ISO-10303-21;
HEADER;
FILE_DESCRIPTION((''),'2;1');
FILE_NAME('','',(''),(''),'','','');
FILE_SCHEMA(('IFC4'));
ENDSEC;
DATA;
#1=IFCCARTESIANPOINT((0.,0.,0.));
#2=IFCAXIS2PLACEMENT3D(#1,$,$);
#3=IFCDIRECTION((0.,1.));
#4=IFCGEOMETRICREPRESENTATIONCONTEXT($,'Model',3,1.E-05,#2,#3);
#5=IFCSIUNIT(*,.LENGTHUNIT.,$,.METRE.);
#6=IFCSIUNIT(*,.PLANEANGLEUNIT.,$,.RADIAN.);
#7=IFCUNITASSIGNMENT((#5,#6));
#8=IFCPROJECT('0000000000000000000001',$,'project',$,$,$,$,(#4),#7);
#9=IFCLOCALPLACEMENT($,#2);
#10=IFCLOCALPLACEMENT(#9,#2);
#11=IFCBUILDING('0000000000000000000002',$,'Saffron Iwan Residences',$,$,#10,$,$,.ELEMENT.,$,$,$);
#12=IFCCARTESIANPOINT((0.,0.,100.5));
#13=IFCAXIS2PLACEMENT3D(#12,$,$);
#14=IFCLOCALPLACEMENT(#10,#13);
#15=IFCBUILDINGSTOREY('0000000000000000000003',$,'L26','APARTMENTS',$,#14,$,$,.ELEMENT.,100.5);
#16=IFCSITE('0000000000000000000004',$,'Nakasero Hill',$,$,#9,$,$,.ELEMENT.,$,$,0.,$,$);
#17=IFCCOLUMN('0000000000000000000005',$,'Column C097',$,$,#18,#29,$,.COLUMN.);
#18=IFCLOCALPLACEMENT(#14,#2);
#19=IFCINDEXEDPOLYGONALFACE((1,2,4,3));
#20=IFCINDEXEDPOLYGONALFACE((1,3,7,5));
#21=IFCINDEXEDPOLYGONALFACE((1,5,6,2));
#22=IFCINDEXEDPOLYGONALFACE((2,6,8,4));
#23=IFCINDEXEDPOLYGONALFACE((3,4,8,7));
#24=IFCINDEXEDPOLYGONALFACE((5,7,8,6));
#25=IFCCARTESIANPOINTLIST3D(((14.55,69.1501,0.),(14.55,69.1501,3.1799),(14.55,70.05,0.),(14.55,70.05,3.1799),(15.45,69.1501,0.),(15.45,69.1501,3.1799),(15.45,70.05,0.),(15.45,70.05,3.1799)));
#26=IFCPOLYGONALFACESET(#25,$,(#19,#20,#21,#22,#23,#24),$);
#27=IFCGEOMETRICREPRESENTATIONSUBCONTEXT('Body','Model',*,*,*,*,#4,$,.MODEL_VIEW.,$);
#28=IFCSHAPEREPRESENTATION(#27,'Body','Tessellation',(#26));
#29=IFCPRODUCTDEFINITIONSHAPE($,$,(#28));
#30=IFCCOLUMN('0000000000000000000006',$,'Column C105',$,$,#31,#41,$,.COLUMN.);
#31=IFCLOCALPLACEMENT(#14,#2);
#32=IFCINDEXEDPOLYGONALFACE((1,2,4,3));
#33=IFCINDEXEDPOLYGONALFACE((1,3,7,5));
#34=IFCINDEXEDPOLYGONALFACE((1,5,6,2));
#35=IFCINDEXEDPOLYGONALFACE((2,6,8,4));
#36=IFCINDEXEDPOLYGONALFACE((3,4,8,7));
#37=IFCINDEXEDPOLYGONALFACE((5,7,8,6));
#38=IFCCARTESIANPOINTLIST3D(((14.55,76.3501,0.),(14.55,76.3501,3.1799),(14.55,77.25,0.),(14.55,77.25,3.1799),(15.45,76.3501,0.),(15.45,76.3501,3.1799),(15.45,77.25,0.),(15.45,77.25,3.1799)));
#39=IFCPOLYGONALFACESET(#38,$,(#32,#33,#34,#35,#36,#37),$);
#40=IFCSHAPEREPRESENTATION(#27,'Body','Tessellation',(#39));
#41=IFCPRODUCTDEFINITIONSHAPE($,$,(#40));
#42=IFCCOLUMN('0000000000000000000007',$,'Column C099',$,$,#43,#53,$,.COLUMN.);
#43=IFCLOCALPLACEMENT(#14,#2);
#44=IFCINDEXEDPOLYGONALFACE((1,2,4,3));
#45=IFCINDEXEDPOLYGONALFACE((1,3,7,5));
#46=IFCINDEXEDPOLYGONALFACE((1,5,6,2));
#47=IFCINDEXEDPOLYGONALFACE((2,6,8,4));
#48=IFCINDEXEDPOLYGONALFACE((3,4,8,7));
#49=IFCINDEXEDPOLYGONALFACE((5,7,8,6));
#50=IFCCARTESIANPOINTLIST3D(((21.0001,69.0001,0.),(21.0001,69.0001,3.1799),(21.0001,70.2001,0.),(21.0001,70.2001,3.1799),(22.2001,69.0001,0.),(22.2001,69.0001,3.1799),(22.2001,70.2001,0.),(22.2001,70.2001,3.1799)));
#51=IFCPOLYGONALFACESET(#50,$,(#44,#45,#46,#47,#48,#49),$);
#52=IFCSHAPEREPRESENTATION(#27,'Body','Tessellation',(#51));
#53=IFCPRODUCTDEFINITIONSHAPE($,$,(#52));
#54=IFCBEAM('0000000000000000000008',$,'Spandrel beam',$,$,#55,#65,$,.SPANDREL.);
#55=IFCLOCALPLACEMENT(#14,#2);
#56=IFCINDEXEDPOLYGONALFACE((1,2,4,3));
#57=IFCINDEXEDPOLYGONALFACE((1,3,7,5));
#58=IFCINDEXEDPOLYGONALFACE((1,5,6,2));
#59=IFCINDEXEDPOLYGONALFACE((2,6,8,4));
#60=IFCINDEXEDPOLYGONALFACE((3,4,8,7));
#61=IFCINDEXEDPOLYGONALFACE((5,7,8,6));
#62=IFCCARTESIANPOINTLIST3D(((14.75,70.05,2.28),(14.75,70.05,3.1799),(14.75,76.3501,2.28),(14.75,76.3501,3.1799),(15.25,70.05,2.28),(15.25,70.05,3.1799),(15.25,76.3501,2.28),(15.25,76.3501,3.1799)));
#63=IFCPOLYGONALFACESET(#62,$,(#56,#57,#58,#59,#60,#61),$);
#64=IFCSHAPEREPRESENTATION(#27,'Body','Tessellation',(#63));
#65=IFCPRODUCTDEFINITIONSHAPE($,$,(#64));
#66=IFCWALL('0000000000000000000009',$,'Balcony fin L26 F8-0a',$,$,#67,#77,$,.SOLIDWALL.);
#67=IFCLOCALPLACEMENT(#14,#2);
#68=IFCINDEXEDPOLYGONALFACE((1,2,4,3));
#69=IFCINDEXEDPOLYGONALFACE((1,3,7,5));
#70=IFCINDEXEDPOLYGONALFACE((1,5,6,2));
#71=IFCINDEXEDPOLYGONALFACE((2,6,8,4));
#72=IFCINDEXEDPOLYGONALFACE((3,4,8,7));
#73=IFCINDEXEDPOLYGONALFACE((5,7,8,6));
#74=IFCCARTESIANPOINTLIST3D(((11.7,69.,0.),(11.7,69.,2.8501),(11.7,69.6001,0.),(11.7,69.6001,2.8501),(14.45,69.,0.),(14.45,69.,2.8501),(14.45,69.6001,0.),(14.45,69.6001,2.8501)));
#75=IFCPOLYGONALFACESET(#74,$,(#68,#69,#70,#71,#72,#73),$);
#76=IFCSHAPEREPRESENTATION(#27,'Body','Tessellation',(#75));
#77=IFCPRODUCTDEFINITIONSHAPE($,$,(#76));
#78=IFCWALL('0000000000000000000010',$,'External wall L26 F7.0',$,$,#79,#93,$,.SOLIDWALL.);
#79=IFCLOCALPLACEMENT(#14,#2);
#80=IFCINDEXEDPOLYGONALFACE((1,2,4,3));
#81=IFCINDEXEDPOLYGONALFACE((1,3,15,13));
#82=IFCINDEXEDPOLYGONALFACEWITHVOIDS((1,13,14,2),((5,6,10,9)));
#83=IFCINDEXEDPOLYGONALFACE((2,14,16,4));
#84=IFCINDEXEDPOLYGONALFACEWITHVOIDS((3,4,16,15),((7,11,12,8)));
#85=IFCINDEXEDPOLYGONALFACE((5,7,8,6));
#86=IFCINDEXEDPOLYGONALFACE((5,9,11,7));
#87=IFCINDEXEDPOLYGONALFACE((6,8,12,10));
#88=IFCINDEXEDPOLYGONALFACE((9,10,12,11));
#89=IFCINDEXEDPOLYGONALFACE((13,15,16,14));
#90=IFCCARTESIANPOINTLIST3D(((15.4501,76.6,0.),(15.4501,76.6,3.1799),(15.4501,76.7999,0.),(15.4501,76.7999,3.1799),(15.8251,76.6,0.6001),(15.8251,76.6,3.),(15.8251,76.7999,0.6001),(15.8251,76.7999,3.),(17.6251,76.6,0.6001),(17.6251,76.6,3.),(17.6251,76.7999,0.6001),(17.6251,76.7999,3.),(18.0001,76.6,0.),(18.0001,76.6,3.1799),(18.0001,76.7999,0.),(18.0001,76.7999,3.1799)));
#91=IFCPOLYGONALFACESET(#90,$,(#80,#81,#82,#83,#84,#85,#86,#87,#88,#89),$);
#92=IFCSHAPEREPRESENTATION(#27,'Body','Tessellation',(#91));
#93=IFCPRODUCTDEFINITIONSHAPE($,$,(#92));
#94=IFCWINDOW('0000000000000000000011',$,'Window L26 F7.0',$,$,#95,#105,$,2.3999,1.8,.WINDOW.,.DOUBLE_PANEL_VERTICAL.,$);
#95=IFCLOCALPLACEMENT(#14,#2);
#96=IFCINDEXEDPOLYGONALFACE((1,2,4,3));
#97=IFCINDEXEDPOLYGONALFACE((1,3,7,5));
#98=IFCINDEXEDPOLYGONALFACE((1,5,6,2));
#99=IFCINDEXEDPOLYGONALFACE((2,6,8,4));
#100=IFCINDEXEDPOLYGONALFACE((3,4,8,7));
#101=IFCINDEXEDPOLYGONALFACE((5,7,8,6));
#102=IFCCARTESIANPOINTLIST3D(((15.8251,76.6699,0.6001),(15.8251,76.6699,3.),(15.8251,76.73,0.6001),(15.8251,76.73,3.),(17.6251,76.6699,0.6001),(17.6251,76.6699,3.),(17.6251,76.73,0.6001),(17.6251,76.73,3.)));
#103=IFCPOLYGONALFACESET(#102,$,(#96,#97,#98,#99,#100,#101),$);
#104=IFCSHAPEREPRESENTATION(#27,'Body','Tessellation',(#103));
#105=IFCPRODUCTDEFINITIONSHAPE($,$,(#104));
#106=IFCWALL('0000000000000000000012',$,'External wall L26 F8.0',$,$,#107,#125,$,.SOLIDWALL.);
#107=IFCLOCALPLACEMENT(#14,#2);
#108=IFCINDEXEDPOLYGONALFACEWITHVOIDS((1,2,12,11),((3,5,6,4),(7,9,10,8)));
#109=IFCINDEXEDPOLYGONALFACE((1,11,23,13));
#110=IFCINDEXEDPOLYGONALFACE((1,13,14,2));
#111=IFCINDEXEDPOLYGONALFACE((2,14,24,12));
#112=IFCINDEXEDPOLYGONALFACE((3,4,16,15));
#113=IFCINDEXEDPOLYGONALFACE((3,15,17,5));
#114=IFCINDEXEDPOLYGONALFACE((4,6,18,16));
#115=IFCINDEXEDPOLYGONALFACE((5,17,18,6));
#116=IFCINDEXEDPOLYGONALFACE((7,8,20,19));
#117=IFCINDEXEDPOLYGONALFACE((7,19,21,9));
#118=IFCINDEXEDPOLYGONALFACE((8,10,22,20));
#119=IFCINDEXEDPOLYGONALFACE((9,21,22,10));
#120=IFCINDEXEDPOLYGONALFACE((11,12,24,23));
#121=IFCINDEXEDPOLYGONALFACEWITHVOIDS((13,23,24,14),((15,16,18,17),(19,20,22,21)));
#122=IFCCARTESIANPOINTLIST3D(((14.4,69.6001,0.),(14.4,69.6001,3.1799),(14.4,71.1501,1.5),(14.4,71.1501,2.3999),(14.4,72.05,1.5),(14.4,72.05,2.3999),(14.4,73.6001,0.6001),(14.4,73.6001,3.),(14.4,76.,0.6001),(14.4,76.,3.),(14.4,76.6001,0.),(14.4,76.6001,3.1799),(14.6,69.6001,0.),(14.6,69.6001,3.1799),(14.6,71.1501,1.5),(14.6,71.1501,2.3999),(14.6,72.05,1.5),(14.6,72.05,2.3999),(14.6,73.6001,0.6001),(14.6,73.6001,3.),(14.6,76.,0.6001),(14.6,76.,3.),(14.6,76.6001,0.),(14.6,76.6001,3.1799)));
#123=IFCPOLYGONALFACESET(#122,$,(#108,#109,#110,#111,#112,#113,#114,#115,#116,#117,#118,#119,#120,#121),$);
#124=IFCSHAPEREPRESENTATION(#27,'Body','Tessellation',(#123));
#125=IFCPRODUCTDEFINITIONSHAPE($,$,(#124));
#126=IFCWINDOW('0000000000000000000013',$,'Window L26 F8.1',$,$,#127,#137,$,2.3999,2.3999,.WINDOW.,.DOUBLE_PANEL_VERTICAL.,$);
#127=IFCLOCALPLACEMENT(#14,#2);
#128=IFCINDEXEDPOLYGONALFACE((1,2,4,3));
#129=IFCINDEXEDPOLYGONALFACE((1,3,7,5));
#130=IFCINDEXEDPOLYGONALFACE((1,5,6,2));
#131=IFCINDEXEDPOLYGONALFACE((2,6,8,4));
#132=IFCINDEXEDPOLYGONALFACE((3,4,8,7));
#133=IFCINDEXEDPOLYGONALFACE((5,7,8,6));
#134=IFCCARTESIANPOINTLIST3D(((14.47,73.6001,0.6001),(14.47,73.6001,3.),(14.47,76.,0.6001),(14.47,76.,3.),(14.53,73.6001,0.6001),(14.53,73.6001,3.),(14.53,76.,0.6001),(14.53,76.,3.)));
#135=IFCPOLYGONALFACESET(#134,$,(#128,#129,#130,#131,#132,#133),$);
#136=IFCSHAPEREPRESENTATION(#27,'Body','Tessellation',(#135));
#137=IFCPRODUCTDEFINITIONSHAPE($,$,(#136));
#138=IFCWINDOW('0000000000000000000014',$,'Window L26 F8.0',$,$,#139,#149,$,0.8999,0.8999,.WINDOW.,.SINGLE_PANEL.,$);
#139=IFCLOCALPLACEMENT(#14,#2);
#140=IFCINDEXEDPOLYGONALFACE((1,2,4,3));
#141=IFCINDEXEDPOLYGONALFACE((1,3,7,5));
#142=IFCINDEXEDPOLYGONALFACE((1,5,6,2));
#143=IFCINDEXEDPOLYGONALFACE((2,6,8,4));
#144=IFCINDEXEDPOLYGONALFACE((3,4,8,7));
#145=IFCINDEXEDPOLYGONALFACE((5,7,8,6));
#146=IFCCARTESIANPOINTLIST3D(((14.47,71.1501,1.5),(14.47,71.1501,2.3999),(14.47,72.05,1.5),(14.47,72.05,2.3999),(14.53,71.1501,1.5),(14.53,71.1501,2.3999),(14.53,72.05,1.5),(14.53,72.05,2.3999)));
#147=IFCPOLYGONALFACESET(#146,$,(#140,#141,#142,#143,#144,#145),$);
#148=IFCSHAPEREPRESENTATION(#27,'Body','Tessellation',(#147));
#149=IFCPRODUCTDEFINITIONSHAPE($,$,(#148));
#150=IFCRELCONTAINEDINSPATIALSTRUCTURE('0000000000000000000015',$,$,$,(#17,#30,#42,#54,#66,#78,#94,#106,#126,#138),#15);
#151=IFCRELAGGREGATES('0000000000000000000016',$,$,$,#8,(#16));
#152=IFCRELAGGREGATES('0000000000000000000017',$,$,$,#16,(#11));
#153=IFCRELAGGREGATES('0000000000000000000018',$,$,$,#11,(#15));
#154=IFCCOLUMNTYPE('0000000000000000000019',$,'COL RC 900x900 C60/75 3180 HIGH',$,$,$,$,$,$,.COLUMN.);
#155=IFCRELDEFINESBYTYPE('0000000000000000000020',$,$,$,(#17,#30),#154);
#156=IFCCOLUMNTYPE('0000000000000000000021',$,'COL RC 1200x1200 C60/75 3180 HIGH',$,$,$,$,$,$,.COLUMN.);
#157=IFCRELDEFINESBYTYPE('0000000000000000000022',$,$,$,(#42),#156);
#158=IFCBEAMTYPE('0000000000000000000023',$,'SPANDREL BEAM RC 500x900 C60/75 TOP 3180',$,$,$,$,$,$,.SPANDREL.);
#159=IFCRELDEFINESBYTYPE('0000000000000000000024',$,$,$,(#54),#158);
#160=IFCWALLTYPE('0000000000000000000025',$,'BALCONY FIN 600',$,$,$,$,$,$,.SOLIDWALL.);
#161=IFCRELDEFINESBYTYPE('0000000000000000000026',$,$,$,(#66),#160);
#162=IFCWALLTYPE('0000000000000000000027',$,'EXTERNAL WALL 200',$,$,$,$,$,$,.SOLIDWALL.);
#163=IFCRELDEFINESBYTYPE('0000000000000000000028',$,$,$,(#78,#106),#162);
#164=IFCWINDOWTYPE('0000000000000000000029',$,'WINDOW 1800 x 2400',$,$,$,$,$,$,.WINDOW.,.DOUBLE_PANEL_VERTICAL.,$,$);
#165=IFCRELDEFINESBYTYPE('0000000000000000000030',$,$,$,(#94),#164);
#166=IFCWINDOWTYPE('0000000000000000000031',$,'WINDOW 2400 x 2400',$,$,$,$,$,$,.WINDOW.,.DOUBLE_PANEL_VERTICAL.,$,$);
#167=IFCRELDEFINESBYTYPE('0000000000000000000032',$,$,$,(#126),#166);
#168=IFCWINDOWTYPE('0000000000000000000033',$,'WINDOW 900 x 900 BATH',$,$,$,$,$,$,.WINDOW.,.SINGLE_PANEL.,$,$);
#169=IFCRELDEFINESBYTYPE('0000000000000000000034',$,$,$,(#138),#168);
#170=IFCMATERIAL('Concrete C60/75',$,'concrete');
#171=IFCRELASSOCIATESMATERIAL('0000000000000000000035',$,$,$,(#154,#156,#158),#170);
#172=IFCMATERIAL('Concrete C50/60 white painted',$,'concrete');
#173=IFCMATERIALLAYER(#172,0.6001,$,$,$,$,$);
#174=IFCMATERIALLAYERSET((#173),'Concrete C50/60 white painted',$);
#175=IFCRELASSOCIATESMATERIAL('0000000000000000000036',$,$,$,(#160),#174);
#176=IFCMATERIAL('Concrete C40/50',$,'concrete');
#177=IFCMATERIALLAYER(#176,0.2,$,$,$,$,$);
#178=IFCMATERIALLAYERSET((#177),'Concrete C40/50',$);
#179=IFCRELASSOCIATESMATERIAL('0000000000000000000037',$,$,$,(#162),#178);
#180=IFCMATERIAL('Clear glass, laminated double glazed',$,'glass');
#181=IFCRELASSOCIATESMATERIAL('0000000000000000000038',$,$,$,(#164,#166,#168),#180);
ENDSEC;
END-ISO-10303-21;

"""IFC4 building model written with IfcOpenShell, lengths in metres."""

from ifc_helpers import new_model, si_unit, direction, frame, frame_2d, origin, origin_2d, place, context, subcontext, project, spatial, rectangle, extrude, source, transform, mapped, material, layer, layer_set, material_profile, profile_set, type_object, element, fill, save


model = new_model("IFC4")

# Units and contexts
model_context = context("Model", 3, precision=1e-05, world=origin(), true_north=direction((0.0, 1.0)))
body_context = subcontext(model_context, "Body", "Model", "MODEL_VIEW")
ifc_project = project(units=[si_unit("LENGTHUNIT", "METRE"), si_unit("PLANEANGLEUNIT", "RADIAN")], contexts=[model_context])

# Site, building, storey
site_placement = place(None, origin())
site = spatial("IfcSite", under=ifc_project, at=site_placement, Name="Nakasero Hill", CompositionType="ELEMENT", RefElevation=0.0)
building_placement = place(site_placement, origin())
building = spatial("IfcBuilding", under=site, at=building_placement, Name="Saffron Iwan Residences", CompositionType="ELEMENT")
storey_placement = place(building_placement, frame((0.0, 0.0, 100.5)))
storey = spatial("IfcBuildingStorey", under=building, at=storey_placement, Name="L26", Description="APARTMENTS", CompositionType="ELEMENT", Elevation=100.5)

# Columns
ifc_material_1 = material(Name="Concrete C60/75", Category="concrete")
ifc_material_profile_1 = material_profile(ifc_material_1, rectangle(XDim=0.8999, YDim=0.8999, at=origin_2d()), Name="RC 900x900")
ifc_profile_set_1 = profile_set([ifc_material_profile_1], Name="Concrete C60/75")
column_type_1 = type_object("IfcColumnType", Name="COL RC 900x900 C60/75 3180 HIGH", PredefinedType="COLUMN", material=ifc_profile_set_1)
shared_shape_1 = source(origin(), body_context, "Body", "SweptSolid", [
    extrude(rectangle(XDim=0.8999, YDim=0.8999, at=origin_2d()), origin(), (0.0, 0.0, 1.0), 3.1799),
])
for number, where, z_axis, x_axis, name in (
    (1, (15.0, 69.6001, 0.0), (0.0, 0.0, 1.0), (1.0, 0.0, 0.0), "Column C097"),
    (2, (15.0, 76.8, 0.0), (0.0, 0.0, 1.0), (1.0, 0.0, 0.0), "Column C105"),
):
    element("IfcColumn", number, at=place(storey_placement, frame(where, z_axis=z_axis, x_axis=x_axis)), inside=storey, type_object=column_type_1, Name=name, PredefinedType="COLUMN", context=body_context, shape_type="MappedRepresentation", body=[
        mapped(shared_shape_1, transform((0.0, 0.0, 0.0))),
    ])
ifc_material_profile_2 = material_profile(ifc_material_1, rectangle(XDim=1.2, YDim=1.2, at=origin_2d()), Name="RC 1200x1200")
ifc_profile_set_2 = profile_set([ifc_material_profile_2], Name="Concrete C60/75")
column_type_2 = type_object("IfcColumnType", Name="COL RC 1200x1200 C60/75 3180 HIGH", PredefinedType="COLUMN", material=ifc_profile_set_2)
shared_shape_2 = source(origin(), body_context, "Body", "SweptSolid", [
    extrude(rectangle(XDim=1.2, YDim=1.2, at=origin_2d()), origin(), (0.0, 0.0, 1.0), 3.1799),
])
column_placement = place(storey_placement, frame((21.6001, 69.6001, 0.0), z_axis=(0.0, 0.0, 1.0), x_axis=(1.0, 0.0, 0.0)))
element("IfcColumn", 3, at=column_placement, inside=storey, type_object=column_type_2, Name="Column C099", PredefinedType="COLUMN", context=body_context, shape_type="MappedRepresentation", body=[
    mapped(shared_shape_2, transform((0.0, 0.0, 0.0))),
])

# Beam
ifc_material_profile_3 = material_profile(ifc_material_1, rectangle(XDim=0.5, YDim=0.8999, at=origin_2d()), Name="RC 500x900")
ifc_profile_set_3 = profile_set([ifc_material_profile_3], Name="Concrete C60/75")
beam_type = type_object("IfcBeamType", Name="SPANDREL BEAM RC 500x900 C60/75 TOP 3180", PredefinedType="SPANDREL", material=ifc_profile_set_3)
shared_shape_3 = source(origin(), body_context, "Body", "SweptSolid", [
    extrude(rectangle(XDim=0.5, YDim=0.8999, at=origin_2d()), origin(), (0.0, 0.0, 1.0), 6.3),
])
beam_placement = place(storey_placement, frame((15.0, 70.05, 2.73), z_axis=(0.0, 1.0, 0.0), x_axis=(-1.0, 0.0, 0.0)))
element("IfcBeam", 4, at=beam_placement, inside=storey, type_object=beam_type, Name="Spandrel beam", PredefinedType="SPANDREL", context=body_context, shape_type="MappedRepresentation", body=[
    mapped(shared_shape_3, transform((0.0, 0.0, 0.0))),
])

# Wall
ifc_material_2 = material(Name="Concrete C50/60 white painted", Category="concrete")
ifc_layer_1 = layer(ifc_material_2, 0.6001)
ifc_layer_set_1 = layer_set([ifc_layer_1], Name="Concrete C50/60 white painted")
wall_type_1 = type_object("IfcWallType", Name="BALCONY FIN 600", PredefinedType="SOLIDWALL", material=ifc_layer_set_1)
wall_1_placement = place(storey_placement, frame((14.45, 69.3, 0.0), z_axis=(0.0, 0.0, 1.0), x_axis=(-1.0, 0.0, 0.0)))
element("IfcWall", 5, at=wall_1_placement, inside=storey, type_object=wall_type_1, Name="Balcony fin L26 F8-0a", PredefinedType="SOLIDWALL", context=body_context, shape_type="SweptSolid", body=[
    extrude(rectangle(XDim=2.75, YDim=0.6001, at=frame_2d((1.375, 0.0))), origin(), (0.0, 0.0, 1.0), 2.8501),
])

# Wall, opening, window
ifc_material_3 = material(Name="Concrete C40/50", Category="concrete")
ifc_layer_2 = layer(ifc_material_3, 0.2)
ifc_layer_set_2 = layer_set([ifc_layer_2], Name="Concrete C40/50")
wall_type_2 = type_object("IfcWallType", Name="EXTERNAL WALL 200", PredefinedType="SOLIDWALL", material=ifc_layer_set_2)
wall_2_placement = place(storey_placement, frame((18.0, 76.7, 0.0), z_axis=(0.0, 0.0, 1.0), x_axis=(-1.0, 0.0, 0.0)))
wall_2 = element("IfcWall", 6, at=wall_2_placement, inside=storey, type_object=wall_type_2, Name="External wall L26 F7.0", PredefinedType="SOLIDWALL", context=body_context, shape_type="SweptSolid", body=[
    extrude(rectangle(XDim=2.55, YDim=0.2, at=frame_2d((1.2749, 0.0))), origin(), (0.0, 0.0, 1.0), 3.1799),
])
opening_1_placement = place(wall_2_placement, frame((0.375, 0.0, 0.6001)))
opening_1 = element("IfcOpeningElement", 7, at=opening_1_placement, cuts=wall_2, PredefinedType="OPENING", context=body_context, shape_type="SweptSolid", body=[
    extrude(rectangle(XDim=1.8, YDim=2.3999, at=frame_2d((0.8999, 1.2))), frame((0.0, 0.1099, 0.0), z_axis=(0.0, -1.0, 0.0), x_axis=(1.0, 0.0, 0.0)), (0.0, 0.0, 1.0), 0.22),
])
ifc_material_4 = material(Name="Clear glass, laminated double glazed", Category="glass")
window_type_1 = type_object("IfcWindowType", Name="WINDOW 1800 x 2400", PartitioningType="DOUBLE_PANEL_VERTICAL", PredefinedType="WINDOW", material=ifc_material_4)
window_1_placement = place(opening_1_placement, origin())
window_1 = element("IfcWindow", 8, at=window_1_placement, inside=storey, type_object=window_type_1, Name="Window L26 F7.0", OverallHeight=2.3999, OverallWidth=1.8, PartitioningType="DOUBLE_PANEL_VERTICAL", PredefinedType="WINDOW", context=body_context, shape_type="SweptSolid", body=[
    extrude(rectangle(XDim=1.8, YDim=2.3999, at=frame_2d((0.8999, 1.2))), frame((0.0, 0.03, 0.0), z_axis=(0.0, -1.0, 0.0), x_axis=(1.0, 0.0, 0.0)), (0.0, 0.0, 1.0), 0.0601),
])
fill(opening_1, window_1)

# Wall, openings, windows
wall_3_placement = place(storey_placement, frame((14.5, 76.6001, 0.0), z_axis=(0.0, 0.0, 1.0), x_axis=(0.0, -1.0, 0.0)))
wall_3 = element("IfcWall", 9, at=wall_3_placement, inside=storey, type_object=wall_type_2, Name="External wall L26 F8.0", PredefinedType="SOLIDWALL", context=body_context, shape_type="SweptSolid", body=[
    extrude(rectangle(XDim=7.0, YDim=0.2, at=frame_2d((3.5, 0.0))), origin(), (0.0, 0.0, 1.0), 3.1799),
])
opening_2_placement = place(wall_3_placement, frame((4.55, 0.0, 1.5)))
opening_2 = element("IfcOpeningElement", 10, at=opening_2_placement, cuts=wall_3, PredefinedType="OPENING", context=body_context, shape_type="SweptSolid", body=[
    extrude(rectangle(XDim=0.8999, YDim=0.8999, at=frame_2d((0.45, 0.45))), frame((0.0, 0.1099, 0.0), z_axis=(0.0, -1.0, 0.0), x_axis=(1.0, 0.0, 0.0)), (0.0, 0.0, 1.0), 0.22),
])
opening_3_placement = place(wall_3_placement, frame((0.6001, 0.0, 0.6001)))
opening_3 = element("IfcOpeningElement", 11, at=opening_3_placement, cuts=wall_3, PredefinedType="OPENING", context=body_context, shape_type="SweptSolid", body=[
    extrude(rectangle(XDim=2.3999, YDim=2.3999, at=frame_2d((1.2, 1.2))), frame((0.0, 0.1099, 0.0), z_axis=(0.0, -1.0, 0.0), x_axis=(1.0, 0.0, 0.0)), (0.0, 0.0, 1.0), 0.22),
])
window_type_2 = type_object("IfcWindowType", Name="WINDOW 2400 x 2400", PartitioningType="DOUBLE_PANEL_VERTICAL", PredefinedType="WINDOW", material=ifc_material_4)
window_2_placement = place(opening_3_placement, origin())
window_2 = element("IfcWindow", 12, at=window_2_placement, inside=storey, type_object=window_type_2, Name="Window L26 F8.1", OverallHeight=2.3999, OverallWidth=2.3999, PartitioningType="DOUBLE_PANEL_VERTICAL", PredefinedType="WINDOW", context=body_context, shape_type="SweptSolid", body=[
    extrude(rectangle(XDim=2.3999, YDim=2.3999, at=frame_2d((1.2, 1.2))), frame((0.0, 0.03, 0.0), z_axis=(0.0, -1.0, 0.0), x_axis=(1.0, 0.0, 0.0)), (0.0, 0.0, 1.0), 0.0601),
])
fill(opening_3, window_2)
window_type_3 = type_object("IfcWindowType", Name="WINDOW 900 x 900 BATH", PartitioningType="SINGLE_PANEL", PredefinedType="WINDOW", material=ifc_material_4)
window_3_placement = place(opening_2_placement, origin())
window_3 = element("IfcWindow", 13, at=window_3_placement, inside=storey, type_object=window_type_3, Name="Window L26 F8.0", OverallHeight=0.8999, OverallWidth=0.8999, PartitioningType="SINGLE_PANEL", PredefinedType="WINDOW", context=body_context, shape_type="SweptSolid", body=[
    extrude(rectangle(XDim=0.8999, YDim=0.8999, at=frame_2d((0.45, 0.45))), frame((0.0, 0.03, 0.0), z_axis=(0.0, -1.0, 0.0), x_axis=(1.0, 0.0, 0.0)), (0.0, 0.0, 1.0), 0.0601),
])
fill(opening_2, window_3)

save(model, "model.ifc")
